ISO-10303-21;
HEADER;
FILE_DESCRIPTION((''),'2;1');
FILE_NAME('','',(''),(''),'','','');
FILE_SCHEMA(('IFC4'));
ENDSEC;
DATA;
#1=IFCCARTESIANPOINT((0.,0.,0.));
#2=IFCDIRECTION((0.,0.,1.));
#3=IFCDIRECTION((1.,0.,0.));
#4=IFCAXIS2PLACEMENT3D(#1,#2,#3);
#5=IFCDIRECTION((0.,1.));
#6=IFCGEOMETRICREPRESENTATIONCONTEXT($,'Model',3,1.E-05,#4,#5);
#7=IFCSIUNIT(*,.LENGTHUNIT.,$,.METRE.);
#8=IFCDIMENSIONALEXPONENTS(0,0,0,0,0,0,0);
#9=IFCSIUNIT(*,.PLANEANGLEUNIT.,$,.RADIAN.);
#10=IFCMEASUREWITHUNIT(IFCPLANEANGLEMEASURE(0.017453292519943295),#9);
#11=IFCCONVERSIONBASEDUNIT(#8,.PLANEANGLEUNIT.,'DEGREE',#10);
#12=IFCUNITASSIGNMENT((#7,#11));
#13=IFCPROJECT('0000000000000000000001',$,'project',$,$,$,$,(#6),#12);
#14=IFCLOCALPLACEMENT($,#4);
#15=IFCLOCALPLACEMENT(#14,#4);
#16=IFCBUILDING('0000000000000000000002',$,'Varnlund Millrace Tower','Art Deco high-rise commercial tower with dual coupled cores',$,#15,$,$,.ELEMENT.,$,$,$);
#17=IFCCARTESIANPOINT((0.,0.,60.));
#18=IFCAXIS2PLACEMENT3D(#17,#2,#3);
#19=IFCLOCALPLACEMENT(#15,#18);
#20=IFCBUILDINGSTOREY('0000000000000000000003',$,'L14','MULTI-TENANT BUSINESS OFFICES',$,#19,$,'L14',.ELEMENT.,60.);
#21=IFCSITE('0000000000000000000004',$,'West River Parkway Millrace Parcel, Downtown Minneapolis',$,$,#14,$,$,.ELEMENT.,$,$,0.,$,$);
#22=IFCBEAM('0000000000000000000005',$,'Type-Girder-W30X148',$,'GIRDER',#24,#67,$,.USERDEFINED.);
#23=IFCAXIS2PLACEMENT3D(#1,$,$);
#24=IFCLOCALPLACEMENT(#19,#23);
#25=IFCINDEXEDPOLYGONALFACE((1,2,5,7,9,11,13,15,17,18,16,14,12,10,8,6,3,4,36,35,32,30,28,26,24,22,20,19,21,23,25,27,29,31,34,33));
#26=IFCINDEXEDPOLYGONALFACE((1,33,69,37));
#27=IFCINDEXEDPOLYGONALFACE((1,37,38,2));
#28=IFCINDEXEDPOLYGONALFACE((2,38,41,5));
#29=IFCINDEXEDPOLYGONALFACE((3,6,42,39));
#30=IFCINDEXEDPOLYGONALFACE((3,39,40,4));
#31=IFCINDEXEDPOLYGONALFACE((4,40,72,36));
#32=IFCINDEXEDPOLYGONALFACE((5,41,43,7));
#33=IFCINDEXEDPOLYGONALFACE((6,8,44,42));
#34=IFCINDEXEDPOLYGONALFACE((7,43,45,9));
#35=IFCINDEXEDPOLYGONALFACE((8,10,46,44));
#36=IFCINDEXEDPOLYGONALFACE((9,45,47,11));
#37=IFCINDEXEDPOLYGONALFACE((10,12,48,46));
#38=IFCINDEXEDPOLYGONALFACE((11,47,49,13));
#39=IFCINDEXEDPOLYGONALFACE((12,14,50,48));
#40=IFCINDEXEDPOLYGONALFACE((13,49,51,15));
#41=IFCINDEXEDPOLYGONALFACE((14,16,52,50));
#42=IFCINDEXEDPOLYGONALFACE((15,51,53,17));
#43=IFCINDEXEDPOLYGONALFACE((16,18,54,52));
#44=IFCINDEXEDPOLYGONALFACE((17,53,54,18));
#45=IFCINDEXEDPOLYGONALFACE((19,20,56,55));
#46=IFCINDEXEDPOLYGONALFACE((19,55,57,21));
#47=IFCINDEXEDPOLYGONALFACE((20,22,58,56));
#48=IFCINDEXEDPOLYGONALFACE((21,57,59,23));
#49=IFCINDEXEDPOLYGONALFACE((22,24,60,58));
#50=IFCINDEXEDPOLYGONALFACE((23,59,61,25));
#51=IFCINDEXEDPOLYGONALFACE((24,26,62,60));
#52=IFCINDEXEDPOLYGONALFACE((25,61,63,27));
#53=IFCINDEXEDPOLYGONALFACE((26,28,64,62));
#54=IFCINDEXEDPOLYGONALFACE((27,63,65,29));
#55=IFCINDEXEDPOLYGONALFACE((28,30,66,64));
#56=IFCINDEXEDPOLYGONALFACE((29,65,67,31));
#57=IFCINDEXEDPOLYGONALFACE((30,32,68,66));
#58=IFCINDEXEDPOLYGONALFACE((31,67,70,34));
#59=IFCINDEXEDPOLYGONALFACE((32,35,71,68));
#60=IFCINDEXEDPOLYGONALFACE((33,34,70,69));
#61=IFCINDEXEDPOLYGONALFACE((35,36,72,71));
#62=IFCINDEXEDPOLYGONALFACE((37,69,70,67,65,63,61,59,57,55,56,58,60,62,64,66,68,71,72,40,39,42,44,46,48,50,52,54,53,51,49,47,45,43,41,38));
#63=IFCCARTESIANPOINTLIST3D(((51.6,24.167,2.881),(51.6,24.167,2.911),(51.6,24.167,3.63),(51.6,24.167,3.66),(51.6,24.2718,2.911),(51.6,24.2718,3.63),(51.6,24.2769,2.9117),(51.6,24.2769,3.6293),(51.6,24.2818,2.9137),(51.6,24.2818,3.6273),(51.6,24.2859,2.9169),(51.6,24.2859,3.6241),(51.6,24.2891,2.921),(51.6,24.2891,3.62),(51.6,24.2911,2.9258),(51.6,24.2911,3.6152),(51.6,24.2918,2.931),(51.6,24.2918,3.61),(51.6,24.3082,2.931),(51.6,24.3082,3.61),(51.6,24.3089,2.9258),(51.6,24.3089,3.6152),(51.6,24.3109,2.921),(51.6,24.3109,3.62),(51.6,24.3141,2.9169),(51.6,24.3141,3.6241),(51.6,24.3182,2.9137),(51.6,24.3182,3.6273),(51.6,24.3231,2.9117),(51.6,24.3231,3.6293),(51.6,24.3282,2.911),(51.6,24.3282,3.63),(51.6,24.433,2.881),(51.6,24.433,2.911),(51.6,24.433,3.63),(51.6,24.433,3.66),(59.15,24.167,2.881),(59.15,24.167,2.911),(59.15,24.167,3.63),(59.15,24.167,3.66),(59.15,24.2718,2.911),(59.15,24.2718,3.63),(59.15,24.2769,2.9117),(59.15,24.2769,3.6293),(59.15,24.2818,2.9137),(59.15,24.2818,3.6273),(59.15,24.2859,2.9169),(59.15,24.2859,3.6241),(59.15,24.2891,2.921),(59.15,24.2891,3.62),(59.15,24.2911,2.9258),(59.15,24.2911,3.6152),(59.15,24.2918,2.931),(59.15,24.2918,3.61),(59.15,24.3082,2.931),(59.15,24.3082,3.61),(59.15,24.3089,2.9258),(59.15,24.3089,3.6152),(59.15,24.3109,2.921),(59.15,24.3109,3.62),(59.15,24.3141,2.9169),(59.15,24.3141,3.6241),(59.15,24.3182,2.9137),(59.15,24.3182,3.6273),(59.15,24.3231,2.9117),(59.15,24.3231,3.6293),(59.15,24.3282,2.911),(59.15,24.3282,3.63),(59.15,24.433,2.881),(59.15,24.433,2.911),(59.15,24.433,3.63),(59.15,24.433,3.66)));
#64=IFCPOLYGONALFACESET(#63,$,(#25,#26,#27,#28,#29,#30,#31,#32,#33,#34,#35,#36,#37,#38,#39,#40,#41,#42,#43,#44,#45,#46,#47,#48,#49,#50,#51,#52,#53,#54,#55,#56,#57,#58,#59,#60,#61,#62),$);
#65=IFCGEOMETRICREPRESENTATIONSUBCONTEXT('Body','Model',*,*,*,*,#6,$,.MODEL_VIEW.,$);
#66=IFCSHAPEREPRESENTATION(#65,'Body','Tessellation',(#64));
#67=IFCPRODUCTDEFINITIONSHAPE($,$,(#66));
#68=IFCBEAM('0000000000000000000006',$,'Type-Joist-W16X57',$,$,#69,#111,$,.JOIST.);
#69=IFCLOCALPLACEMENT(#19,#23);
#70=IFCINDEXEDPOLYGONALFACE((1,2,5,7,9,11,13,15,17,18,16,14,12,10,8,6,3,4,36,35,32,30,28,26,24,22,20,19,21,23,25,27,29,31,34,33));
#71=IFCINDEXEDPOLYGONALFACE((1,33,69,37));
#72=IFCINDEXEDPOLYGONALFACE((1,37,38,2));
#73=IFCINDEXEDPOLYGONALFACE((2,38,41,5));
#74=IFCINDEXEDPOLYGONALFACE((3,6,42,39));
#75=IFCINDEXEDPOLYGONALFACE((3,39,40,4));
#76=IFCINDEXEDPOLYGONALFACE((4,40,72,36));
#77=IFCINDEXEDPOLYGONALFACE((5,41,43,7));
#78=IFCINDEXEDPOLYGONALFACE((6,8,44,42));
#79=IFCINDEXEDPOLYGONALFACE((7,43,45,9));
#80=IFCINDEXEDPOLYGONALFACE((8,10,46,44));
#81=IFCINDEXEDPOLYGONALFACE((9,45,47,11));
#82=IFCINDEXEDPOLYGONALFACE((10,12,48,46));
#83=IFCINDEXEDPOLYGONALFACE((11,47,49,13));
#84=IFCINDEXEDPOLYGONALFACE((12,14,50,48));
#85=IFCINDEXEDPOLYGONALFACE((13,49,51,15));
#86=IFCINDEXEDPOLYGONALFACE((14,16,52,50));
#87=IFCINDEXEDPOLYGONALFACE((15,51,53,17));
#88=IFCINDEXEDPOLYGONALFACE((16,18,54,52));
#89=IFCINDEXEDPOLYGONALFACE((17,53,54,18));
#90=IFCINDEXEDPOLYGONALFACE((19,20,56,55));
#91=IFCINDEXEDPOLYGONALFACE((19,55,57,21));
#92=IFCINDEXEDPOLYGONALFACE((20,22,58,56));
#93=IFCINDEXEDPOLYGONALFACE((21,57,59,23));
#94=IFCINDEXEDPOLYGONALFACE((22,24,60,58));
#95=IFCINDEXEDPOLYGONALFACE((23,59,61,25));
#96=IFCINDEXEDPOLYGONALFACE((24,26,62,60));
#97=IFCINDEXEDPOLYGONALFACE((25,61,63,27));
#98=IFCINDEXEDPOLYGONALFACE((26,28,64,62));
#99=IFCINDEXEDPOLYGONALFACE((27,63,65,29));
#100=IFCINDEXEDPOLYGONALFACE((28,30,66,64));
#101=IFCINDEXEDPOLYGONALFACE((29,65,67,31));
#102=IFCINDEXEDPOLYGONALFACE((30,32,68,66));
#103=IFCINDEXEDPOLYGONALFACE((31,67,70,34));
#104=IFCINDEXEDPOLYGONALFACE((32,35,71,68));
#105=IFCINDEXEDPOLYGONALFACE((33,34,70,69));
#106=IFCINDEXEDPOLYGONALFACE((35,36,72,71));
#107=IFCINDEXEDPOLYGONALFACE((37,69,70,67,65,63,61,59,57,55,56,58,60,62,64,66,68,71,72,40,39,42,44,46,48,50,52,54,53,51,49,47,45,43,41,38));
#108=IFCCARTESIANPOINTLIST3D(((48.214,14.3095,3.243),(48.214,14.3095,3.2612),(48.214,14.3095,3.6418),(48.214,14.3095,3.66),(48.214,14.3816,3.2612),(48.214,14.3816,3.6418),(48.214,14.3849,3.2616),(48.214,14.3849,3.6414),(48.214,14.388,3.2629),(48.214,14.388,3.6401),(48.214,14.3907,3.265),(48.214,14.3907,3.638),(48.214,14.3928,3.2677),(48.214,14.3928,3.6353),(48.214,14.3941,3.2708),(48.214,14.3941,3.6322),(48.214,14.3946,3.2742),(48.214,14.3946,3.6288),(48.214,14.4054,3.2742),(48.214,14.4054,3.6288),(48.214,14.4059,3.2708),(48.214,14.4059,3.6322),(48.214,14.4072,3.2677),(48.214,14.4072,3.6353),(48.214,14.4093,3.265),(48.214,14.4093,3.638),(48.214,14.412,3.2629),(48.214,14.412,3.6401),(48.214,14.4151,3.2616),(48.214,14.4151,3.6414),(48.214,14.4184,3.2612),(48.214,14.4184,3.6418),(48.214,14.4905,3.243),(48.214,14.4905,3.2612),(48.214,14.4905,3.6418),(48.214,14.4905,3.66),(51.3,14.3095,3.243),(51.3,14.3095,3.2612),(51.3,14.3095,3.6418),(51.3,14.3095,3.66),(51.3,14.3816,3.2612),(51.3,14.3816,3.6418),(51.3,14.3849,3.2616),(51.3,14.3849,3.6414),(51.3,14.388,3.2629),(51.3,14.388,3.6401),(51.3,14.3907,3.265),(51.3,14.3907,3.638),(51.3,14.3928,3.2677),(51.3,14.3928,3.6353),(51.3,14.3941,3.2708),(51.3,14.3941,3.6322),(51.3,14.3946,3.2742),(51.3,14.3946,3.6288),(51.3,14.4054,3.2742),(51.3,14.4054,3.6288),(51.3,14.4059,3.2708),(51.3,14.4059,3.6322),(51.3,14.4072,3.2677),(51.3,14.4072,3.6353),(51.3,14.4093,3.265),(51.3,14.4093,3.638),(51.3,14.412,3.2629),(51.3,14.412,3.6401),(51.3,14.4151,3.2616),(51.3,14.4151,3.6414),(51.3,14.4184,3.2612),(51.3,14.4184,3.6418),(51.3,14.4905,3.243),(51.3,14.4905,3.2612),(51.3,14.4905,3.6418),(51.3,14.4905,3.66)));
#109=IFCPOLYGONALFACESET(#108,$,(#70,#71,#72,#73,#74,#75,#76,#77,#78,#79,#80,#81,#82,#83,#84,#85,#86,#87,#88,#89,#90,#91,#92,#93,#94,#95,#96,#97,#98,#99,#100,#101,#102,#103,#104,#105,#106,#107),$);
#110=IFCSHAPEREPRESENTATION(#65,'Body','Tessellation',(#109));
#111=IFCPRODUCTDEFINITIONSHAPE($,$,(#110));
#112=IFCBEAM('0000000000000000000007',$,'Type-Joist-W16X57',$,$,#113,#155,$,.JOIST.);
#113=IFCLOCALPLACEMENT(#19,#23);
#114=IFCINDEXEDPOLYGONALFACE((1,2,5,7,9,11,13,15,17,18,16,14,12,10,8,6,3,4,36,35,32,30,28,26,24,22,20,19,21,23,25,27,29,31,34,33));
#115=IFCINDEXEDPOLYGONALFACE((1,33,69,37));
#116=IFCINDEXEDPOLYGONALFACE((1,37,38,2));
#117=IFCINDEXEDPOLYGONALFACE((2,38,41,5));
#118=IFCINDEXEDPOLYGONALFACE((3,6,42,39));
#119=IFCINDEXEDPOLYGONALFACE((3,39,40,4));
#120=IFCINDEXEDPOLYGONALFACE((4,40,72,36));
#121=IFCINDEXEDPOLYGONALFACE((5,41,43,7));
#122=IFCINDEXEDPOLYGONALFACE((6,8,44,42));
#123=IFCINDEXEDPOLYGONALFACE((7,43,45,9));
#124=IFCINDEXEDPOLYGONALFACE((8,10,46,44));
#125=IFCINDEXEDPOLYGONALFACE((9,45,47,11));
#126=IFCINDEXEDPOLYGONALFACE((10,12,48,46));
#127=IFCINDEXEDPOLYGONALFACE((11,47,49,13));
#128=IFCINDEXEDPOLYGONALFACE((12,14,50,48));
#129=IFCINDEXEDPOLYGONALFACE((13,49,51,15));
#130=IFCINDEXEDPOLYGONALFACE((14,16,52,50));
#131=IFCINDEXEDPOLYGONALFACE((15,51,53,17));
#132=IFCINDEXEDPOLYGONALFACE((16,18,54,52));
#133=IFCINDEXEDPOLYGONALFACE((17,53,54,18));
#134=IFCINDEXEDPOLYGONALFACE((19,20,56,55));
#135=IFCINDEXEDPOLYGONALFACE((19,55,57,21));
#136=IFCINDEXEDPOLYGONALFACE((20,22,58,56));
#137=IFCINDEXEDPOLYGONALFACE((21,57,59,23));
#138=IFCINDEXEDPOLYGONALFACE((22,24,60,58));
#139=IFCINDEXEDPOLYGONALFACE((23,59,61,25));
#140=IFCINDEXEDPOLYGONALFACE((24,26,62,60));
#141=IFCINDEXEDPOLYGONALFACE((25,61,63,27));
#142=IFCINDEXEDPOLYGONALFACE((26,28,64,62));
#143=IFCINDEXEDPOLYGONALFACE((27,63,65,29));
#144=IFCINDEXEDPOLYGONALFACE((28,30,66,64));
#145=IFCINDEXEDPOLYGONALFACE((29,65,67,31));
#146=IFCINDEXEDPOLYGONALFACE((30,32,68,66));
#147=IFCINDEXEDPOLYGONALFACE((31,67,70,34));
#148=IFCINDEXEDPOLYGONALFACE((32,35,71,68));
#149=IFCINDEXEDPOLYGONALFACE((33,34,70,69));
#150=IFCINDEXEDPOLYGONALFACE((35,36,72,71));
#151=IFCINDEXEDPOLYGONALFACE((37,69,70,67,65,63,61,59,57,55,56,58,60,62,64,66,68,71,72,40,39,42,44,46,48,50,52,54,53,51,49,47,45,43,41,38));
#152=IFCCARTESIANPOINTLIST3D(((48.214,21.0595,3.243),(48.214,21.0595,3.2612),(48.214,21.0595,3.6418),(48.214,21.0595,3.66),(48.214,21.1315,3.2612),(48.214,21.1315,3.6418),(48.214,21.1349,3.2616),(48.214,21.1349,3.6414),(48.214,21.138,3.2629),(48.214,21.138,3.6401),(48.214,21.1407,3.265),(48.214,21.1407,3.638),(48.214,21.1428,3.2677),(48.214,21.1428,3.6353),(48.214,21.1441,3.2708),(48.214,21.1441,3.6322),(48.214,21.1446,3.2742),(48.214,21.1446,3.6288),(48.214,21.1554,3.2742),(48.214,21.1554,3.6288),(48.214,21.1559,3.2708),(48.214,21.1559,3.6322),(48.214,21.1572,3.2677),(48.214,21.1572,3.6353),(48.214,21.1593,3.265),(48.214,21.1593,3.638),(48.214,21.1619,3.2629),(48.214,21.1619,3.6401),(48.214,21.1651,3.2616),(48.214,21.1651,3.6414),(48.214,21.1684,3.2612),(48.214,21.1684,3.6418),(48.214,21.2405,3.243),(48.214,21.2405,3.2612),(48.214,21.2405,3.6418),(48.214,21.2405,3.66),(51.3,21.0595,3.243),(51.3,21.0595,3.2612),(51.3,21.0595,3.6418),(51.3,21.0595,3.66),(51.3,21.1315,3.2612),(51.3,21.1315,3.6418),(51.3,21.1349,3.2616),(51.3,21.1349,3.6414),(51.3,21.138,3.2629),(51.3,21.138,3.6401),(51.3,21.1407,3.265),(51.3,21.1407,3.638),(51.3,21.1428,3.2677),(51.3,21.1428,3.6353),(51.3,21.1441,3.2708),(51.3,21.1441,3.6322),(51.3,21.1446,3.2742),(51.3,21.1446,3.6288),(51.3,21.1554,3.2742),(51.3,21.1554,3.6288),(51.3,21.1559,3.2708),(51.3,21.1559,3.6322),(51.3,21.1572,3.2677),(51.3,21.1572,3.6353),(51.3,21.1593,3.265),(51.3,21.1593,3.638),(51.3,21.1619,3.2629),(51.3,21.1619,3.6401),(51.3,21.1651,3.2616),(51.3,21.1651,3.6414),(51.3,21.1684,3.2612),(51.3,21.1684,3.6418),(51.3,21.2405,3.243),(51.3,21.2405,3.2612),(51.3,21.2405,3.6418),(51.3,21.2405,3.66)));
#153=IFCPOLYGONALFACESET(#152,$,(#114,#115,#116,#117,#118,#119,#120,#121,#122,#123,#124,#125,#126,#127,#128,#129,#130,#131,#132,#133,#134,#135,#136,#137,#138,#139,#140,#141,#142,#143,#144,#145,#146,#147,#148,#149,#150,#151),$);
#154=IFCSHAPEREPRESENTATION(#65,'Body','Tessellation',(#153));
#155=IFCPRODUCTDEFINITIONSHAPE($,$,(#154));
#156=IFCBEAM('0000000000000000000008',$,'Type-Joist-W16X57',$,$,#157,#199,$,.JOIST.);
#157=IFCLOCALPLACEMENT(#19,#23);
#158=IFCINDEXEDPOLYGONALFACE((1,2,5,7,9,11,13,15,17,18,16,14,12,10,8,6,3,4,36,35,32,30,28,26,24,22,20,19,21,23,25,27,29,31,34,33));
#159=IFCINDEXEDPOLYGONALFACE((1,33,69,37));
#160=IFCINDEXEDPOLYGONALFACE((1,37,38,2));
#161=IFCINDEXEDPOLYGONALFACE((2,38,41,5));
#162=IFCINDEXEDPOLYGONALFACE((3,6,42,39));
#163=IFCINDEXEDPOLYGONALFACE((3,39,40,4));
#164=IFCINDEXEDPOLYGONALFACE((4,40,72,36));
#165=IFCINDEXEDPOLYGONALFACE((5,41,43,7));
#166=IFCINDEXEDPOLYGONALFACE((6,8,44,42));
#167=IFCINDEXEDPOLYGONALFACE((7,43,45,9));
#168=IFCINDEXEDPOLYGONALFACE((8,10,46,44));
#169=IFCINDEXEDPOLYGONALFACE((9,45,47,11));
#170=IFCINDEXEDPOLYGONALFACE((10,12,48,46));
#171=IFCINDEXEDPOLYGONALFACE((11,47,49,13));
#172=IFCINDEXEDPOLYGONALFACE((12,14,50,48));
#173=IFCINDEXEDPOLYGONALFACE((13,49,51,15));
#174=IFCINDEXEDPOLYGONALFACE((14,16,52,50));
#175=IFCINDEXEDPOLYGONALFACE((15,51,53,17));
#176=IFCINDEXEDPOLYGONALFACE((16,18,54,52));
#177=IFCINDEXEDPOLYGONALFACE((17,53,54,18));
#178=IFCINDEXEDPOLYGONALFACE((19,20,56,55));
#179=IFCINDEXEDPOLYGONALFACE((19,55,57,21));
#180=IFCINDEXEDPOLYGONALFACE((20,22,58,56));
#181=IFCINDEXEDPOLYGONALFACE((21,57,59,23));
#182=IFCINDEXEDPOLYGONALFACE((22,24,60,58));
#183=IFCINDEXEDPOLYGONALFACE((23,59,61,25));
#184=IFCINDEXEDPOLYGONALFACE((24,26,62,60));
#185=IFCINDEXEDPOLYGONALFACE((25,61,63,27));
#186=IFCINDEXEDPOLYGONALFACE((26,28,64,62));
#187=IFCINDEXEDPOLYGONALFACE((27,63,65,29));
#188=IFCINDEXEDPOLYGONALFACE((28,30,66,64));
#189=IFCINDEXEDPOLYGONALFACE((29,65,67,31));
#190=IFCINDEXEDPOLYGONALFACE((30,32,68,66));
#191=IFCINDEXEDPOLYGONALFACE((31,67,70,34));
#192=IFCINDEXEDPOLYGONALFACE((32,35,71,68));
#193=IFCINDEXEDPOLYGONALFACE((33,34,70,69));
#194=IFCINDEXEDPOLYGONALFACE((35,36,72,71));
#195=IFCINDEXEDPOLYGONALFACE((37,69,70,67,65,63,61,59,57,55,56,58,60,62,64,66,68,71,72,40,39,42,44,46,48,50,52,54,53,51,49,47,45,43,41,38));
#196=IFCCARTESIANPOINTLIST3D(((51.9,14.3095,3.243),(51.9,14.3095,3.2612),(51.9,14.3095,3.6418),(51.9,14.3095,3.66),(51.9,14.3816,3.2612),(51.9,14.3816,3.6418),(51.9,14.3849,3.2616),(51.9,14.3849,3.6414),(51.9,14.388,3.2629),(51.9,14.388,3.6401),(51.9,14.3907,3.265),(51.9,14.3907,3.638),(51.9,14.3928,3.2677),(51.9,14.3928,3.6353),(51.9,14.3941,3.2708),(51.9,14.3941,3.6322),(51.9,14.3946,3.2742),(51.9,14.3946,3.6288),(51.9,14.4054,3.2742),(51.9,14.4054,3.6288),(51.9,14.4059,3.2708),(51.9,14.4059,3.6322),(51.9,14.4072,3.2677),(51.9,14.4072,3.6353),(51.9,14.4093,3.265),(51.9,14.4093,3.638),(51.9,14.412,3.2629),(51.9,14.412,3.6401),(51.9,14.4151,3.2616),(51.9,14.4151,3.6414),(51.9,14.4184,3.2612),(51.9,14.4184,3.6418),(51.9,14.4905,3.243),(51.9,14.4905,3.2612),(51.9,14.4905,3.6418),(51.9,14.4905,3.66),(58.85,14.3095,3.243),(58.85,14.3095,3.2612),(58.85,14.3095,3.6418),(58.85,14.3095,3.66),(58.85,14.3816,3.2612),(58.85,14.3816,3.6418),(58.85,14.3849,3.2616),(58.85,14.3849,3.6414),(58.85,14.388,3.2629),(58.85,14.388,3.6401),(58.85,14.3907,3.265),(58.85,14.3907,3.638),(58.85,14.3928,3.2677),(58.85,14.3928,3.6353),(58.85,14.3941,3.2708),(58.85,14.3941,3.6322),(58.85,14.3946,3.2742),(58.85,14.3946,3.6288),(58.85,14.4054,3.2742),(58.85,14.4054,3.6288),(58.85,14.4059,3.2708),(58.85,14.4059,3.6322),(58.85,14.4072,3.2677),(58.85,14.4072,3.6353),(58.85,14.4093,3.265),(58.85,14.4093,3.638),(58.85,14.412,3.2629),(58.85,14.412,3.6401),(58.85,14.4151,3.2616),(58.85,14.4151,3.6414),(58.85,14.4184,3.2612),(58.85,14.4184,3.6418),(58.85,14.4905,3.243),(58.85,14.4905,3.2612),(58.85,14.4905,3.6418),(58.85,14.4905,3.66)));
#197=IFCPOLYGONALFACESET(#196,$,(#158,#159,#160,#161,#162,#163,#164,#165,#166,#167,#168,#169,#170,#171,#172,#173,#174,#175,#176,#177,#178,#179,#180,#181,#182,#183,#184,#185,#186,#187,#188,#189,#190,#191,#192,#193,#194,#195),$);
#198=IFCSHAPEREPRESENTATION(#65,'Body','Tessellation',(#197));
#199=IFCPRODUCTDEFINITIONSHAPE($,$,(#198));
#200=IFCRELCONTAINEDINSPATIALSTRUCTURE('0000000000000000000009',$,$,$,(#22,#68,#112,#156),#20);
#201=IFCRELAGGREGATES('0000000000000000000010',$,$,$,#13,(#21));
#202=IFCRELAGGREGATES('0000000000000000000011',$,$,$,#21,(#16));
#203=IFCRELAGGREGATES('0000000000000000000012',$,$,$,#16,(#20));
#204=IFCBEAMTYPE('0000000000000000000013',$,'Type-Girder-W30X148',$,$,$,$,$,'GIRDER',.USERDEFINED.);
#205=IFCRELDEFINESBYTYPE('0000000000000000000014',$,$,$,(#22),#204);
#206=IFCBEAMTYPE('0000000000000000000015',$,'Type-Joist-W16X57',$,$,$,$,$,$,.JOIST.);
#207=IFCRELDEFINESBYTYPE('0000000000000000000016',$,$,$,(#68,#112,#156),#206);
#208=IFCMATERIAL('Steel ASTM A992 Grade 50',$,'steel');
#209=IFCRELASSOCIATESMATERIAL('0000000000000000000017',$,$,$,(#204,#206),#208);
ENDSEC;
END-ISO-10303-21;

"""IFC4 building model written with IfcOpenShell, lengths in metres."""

from ifc_helpers import new_model, entity, si_unit, converted_unit, direction, frame, origin_with_axes, origin_2d_with_axis, place, context, subcontext, project, spatial, i_section, extrude, material, material_profile, profile_set, type_object, element, save


model = new_model("IFC4")

# Units and contexts
model_context = context("Model", 3, precision=1e-05, world=origin_with_axes(), true_north=direction((0.0, 1.0)))
body_context = subcontext(model_context, "Body", "Model", "MODEL_VIEW")
ifc_project = project(units=[si_unit("LENGTHUNIT", "METRE"), converted_unit("PLANEANGLEUNIT", "DEGREE", entity("IfcPlaneAngleMeasure", 0.017453292519943295), si_unit("PLANEANGLEUNIT", "RADIAN"), dimensions=[0, 0, 0, 0, 0, 0, 0])], contexts=[model_context])

# Site, building, storey
site_placement = place(None, origin_with_axes())
site = spatial("IfcSite", under=ifc_project, at=site_placement, Name="West River Parkway Millrace Parcel, Downtown Minneapolis", CompositionType="ELEMENT", RefElevation=0.0)
building_placement = place(site_placement, origin_with_axes())
building = spatial("IfcBuilding", under=site, at=building_placement, Name="Varnlund Millrace Tower", Description="Art Deco high-rise commercial tower with dual coupled cores", CompositionType="ELEMENT")
storey_placement = place(building_placement, frame((0.0, 0.0, 60.0), z_axis=(0.0, 0.0, 1.0), x_axis=(1.0, 0.0, 0.0)))
storey = spatial("IfcBuildingStorey", under=building, at=storey_placement, Name="L14", Description="MULTI-TENANT BUSINESS OFFICES", LongName="L14", CompositionType="ELEMENT", Elevation=60.0)

# Beams
ifc_material_1 = material(Name="Steel ASTM A992 Grade 50", Category="steel")
ifc_material_profile_1 = material_profile(ifc_material_1, i_section(OverallWidth=0.266, OverallDepth=0.779, WebThickness=0.0165, FlangeThickness=0.03, FilletRadius=0.02, at=origin_2d_with_axis()), Name="Steel ASTM A992 Grade 50")
ifc_profile_set_1 = profile_set([ifc_material_profile_1], Name="Steel ASTM A992 Grade 50")
beam_type_1 = type_object("IfcBeamType", Name="Type-Girder-W30X148", ElementType="GIRDER", PredefinedType="USERDEFINED", material=ifc_profile_set_1)
beam_1_placement = place(storey_placement, frame((51.6, 24.3, 3.2705), z_axis=(1.0, 0.0, 0.0), x_axis=(0.0, 1.0, 0.0)))
element("IfcBeam", 1, at=beam_1_placement, inside=storey, type_object=beam_type_1, Name="Type-Girder-W30X148", ObjectType="GIRDER", PredefinedType="USERDEFINED", context=body_context, shape_type="SweptSolid", body=[
    extrude(i_section(OverallWidth=0.266, OverallDepth=0.779, WebThickness=0.0165, FlangeThickness=0.03, FilletRadius=0.02, at=origin_2d_with_axis()), origin_with_axes(), (0.0, 0.0, 1.0), 7.55),
])
ifc_material_profile_2 = material_profile(ifc_material_1, i_section(OverallWidth=0.181, OverallDepth=0.417, WebThickness=0.0109, FlangeThickness=0.0182, FilletRadius=0.013, at=origin_2d_with_axis()), Name="Steel ASTM A992 Grade 50")
ifc_profile_set_2 = profile_set([ifc_material_profile_2], Name="Steel ASTM A992 Grade 50")
beam_type_2 = type_object("IfcBeamType", Name="Type-Joist-W16X57", PredefinedType="JOIST", material=ifc_profile_set_2)
for number, where, z_axis, x_axis, name in (
    (2, (48.214, 14.4, 3.4515), (1.0, 0.0, 0.0), (0.0, 1.0, 0.0), "Type-Joist-W16X57"),
    (3, (48.214, 21.15, 3.4515), (1.0, 0.0, 0.0), (0.0, 1.0, 0.0), "Type-Joist-W16X57"),
):
    element("IfcBeam", number, at=place(storey_placement, frame(where, z_axis=z_axis, x_axis=x_axis)), inside=storey, type_object=beam_type_2, Name=name, PredefinedType="JOIST", context=body_context, shape_type="SweptSolid", body=[
        extrude(i_section(OverallWidth=0.181, OverallDepth=0.417, WebThickness=0.0109, FlangeThickness=0.0182, FilletRadius=0.013, at=origin_2d_with_axis()), origin_with_axes(), (0.0, 0.0, 1.0), 3.086),
    ])
for number, where, z_axis, x_axis, name in (
    (4, (51.9, 14.4, 3.4515), (1.0, 0.0, 0.0), (0.0, 1.0, 0.0), "Type-Joist-W16X57"),
):
    element("IfcBeam", number, at=place(storey_placement, frame(where, z_axis=z_axis, x_axis=x_axis)), inside=storey, type_object=beam_type_2, Name=name, PredefinedType="JOIST", context=body_context, shape_type="SweptSolid", body=[
        extrude(i_section(OverallWidth=0.181, OverallDepth=0.417, WebThickness=0.0109, FlangeThickness=0.0182, FilletRadius=0.013, at=origin_2d_with_axis()), origin_with_axes(), (0.0, 0.0, 1.0), 6.95),
    ])

save(model, "model.ifc")
